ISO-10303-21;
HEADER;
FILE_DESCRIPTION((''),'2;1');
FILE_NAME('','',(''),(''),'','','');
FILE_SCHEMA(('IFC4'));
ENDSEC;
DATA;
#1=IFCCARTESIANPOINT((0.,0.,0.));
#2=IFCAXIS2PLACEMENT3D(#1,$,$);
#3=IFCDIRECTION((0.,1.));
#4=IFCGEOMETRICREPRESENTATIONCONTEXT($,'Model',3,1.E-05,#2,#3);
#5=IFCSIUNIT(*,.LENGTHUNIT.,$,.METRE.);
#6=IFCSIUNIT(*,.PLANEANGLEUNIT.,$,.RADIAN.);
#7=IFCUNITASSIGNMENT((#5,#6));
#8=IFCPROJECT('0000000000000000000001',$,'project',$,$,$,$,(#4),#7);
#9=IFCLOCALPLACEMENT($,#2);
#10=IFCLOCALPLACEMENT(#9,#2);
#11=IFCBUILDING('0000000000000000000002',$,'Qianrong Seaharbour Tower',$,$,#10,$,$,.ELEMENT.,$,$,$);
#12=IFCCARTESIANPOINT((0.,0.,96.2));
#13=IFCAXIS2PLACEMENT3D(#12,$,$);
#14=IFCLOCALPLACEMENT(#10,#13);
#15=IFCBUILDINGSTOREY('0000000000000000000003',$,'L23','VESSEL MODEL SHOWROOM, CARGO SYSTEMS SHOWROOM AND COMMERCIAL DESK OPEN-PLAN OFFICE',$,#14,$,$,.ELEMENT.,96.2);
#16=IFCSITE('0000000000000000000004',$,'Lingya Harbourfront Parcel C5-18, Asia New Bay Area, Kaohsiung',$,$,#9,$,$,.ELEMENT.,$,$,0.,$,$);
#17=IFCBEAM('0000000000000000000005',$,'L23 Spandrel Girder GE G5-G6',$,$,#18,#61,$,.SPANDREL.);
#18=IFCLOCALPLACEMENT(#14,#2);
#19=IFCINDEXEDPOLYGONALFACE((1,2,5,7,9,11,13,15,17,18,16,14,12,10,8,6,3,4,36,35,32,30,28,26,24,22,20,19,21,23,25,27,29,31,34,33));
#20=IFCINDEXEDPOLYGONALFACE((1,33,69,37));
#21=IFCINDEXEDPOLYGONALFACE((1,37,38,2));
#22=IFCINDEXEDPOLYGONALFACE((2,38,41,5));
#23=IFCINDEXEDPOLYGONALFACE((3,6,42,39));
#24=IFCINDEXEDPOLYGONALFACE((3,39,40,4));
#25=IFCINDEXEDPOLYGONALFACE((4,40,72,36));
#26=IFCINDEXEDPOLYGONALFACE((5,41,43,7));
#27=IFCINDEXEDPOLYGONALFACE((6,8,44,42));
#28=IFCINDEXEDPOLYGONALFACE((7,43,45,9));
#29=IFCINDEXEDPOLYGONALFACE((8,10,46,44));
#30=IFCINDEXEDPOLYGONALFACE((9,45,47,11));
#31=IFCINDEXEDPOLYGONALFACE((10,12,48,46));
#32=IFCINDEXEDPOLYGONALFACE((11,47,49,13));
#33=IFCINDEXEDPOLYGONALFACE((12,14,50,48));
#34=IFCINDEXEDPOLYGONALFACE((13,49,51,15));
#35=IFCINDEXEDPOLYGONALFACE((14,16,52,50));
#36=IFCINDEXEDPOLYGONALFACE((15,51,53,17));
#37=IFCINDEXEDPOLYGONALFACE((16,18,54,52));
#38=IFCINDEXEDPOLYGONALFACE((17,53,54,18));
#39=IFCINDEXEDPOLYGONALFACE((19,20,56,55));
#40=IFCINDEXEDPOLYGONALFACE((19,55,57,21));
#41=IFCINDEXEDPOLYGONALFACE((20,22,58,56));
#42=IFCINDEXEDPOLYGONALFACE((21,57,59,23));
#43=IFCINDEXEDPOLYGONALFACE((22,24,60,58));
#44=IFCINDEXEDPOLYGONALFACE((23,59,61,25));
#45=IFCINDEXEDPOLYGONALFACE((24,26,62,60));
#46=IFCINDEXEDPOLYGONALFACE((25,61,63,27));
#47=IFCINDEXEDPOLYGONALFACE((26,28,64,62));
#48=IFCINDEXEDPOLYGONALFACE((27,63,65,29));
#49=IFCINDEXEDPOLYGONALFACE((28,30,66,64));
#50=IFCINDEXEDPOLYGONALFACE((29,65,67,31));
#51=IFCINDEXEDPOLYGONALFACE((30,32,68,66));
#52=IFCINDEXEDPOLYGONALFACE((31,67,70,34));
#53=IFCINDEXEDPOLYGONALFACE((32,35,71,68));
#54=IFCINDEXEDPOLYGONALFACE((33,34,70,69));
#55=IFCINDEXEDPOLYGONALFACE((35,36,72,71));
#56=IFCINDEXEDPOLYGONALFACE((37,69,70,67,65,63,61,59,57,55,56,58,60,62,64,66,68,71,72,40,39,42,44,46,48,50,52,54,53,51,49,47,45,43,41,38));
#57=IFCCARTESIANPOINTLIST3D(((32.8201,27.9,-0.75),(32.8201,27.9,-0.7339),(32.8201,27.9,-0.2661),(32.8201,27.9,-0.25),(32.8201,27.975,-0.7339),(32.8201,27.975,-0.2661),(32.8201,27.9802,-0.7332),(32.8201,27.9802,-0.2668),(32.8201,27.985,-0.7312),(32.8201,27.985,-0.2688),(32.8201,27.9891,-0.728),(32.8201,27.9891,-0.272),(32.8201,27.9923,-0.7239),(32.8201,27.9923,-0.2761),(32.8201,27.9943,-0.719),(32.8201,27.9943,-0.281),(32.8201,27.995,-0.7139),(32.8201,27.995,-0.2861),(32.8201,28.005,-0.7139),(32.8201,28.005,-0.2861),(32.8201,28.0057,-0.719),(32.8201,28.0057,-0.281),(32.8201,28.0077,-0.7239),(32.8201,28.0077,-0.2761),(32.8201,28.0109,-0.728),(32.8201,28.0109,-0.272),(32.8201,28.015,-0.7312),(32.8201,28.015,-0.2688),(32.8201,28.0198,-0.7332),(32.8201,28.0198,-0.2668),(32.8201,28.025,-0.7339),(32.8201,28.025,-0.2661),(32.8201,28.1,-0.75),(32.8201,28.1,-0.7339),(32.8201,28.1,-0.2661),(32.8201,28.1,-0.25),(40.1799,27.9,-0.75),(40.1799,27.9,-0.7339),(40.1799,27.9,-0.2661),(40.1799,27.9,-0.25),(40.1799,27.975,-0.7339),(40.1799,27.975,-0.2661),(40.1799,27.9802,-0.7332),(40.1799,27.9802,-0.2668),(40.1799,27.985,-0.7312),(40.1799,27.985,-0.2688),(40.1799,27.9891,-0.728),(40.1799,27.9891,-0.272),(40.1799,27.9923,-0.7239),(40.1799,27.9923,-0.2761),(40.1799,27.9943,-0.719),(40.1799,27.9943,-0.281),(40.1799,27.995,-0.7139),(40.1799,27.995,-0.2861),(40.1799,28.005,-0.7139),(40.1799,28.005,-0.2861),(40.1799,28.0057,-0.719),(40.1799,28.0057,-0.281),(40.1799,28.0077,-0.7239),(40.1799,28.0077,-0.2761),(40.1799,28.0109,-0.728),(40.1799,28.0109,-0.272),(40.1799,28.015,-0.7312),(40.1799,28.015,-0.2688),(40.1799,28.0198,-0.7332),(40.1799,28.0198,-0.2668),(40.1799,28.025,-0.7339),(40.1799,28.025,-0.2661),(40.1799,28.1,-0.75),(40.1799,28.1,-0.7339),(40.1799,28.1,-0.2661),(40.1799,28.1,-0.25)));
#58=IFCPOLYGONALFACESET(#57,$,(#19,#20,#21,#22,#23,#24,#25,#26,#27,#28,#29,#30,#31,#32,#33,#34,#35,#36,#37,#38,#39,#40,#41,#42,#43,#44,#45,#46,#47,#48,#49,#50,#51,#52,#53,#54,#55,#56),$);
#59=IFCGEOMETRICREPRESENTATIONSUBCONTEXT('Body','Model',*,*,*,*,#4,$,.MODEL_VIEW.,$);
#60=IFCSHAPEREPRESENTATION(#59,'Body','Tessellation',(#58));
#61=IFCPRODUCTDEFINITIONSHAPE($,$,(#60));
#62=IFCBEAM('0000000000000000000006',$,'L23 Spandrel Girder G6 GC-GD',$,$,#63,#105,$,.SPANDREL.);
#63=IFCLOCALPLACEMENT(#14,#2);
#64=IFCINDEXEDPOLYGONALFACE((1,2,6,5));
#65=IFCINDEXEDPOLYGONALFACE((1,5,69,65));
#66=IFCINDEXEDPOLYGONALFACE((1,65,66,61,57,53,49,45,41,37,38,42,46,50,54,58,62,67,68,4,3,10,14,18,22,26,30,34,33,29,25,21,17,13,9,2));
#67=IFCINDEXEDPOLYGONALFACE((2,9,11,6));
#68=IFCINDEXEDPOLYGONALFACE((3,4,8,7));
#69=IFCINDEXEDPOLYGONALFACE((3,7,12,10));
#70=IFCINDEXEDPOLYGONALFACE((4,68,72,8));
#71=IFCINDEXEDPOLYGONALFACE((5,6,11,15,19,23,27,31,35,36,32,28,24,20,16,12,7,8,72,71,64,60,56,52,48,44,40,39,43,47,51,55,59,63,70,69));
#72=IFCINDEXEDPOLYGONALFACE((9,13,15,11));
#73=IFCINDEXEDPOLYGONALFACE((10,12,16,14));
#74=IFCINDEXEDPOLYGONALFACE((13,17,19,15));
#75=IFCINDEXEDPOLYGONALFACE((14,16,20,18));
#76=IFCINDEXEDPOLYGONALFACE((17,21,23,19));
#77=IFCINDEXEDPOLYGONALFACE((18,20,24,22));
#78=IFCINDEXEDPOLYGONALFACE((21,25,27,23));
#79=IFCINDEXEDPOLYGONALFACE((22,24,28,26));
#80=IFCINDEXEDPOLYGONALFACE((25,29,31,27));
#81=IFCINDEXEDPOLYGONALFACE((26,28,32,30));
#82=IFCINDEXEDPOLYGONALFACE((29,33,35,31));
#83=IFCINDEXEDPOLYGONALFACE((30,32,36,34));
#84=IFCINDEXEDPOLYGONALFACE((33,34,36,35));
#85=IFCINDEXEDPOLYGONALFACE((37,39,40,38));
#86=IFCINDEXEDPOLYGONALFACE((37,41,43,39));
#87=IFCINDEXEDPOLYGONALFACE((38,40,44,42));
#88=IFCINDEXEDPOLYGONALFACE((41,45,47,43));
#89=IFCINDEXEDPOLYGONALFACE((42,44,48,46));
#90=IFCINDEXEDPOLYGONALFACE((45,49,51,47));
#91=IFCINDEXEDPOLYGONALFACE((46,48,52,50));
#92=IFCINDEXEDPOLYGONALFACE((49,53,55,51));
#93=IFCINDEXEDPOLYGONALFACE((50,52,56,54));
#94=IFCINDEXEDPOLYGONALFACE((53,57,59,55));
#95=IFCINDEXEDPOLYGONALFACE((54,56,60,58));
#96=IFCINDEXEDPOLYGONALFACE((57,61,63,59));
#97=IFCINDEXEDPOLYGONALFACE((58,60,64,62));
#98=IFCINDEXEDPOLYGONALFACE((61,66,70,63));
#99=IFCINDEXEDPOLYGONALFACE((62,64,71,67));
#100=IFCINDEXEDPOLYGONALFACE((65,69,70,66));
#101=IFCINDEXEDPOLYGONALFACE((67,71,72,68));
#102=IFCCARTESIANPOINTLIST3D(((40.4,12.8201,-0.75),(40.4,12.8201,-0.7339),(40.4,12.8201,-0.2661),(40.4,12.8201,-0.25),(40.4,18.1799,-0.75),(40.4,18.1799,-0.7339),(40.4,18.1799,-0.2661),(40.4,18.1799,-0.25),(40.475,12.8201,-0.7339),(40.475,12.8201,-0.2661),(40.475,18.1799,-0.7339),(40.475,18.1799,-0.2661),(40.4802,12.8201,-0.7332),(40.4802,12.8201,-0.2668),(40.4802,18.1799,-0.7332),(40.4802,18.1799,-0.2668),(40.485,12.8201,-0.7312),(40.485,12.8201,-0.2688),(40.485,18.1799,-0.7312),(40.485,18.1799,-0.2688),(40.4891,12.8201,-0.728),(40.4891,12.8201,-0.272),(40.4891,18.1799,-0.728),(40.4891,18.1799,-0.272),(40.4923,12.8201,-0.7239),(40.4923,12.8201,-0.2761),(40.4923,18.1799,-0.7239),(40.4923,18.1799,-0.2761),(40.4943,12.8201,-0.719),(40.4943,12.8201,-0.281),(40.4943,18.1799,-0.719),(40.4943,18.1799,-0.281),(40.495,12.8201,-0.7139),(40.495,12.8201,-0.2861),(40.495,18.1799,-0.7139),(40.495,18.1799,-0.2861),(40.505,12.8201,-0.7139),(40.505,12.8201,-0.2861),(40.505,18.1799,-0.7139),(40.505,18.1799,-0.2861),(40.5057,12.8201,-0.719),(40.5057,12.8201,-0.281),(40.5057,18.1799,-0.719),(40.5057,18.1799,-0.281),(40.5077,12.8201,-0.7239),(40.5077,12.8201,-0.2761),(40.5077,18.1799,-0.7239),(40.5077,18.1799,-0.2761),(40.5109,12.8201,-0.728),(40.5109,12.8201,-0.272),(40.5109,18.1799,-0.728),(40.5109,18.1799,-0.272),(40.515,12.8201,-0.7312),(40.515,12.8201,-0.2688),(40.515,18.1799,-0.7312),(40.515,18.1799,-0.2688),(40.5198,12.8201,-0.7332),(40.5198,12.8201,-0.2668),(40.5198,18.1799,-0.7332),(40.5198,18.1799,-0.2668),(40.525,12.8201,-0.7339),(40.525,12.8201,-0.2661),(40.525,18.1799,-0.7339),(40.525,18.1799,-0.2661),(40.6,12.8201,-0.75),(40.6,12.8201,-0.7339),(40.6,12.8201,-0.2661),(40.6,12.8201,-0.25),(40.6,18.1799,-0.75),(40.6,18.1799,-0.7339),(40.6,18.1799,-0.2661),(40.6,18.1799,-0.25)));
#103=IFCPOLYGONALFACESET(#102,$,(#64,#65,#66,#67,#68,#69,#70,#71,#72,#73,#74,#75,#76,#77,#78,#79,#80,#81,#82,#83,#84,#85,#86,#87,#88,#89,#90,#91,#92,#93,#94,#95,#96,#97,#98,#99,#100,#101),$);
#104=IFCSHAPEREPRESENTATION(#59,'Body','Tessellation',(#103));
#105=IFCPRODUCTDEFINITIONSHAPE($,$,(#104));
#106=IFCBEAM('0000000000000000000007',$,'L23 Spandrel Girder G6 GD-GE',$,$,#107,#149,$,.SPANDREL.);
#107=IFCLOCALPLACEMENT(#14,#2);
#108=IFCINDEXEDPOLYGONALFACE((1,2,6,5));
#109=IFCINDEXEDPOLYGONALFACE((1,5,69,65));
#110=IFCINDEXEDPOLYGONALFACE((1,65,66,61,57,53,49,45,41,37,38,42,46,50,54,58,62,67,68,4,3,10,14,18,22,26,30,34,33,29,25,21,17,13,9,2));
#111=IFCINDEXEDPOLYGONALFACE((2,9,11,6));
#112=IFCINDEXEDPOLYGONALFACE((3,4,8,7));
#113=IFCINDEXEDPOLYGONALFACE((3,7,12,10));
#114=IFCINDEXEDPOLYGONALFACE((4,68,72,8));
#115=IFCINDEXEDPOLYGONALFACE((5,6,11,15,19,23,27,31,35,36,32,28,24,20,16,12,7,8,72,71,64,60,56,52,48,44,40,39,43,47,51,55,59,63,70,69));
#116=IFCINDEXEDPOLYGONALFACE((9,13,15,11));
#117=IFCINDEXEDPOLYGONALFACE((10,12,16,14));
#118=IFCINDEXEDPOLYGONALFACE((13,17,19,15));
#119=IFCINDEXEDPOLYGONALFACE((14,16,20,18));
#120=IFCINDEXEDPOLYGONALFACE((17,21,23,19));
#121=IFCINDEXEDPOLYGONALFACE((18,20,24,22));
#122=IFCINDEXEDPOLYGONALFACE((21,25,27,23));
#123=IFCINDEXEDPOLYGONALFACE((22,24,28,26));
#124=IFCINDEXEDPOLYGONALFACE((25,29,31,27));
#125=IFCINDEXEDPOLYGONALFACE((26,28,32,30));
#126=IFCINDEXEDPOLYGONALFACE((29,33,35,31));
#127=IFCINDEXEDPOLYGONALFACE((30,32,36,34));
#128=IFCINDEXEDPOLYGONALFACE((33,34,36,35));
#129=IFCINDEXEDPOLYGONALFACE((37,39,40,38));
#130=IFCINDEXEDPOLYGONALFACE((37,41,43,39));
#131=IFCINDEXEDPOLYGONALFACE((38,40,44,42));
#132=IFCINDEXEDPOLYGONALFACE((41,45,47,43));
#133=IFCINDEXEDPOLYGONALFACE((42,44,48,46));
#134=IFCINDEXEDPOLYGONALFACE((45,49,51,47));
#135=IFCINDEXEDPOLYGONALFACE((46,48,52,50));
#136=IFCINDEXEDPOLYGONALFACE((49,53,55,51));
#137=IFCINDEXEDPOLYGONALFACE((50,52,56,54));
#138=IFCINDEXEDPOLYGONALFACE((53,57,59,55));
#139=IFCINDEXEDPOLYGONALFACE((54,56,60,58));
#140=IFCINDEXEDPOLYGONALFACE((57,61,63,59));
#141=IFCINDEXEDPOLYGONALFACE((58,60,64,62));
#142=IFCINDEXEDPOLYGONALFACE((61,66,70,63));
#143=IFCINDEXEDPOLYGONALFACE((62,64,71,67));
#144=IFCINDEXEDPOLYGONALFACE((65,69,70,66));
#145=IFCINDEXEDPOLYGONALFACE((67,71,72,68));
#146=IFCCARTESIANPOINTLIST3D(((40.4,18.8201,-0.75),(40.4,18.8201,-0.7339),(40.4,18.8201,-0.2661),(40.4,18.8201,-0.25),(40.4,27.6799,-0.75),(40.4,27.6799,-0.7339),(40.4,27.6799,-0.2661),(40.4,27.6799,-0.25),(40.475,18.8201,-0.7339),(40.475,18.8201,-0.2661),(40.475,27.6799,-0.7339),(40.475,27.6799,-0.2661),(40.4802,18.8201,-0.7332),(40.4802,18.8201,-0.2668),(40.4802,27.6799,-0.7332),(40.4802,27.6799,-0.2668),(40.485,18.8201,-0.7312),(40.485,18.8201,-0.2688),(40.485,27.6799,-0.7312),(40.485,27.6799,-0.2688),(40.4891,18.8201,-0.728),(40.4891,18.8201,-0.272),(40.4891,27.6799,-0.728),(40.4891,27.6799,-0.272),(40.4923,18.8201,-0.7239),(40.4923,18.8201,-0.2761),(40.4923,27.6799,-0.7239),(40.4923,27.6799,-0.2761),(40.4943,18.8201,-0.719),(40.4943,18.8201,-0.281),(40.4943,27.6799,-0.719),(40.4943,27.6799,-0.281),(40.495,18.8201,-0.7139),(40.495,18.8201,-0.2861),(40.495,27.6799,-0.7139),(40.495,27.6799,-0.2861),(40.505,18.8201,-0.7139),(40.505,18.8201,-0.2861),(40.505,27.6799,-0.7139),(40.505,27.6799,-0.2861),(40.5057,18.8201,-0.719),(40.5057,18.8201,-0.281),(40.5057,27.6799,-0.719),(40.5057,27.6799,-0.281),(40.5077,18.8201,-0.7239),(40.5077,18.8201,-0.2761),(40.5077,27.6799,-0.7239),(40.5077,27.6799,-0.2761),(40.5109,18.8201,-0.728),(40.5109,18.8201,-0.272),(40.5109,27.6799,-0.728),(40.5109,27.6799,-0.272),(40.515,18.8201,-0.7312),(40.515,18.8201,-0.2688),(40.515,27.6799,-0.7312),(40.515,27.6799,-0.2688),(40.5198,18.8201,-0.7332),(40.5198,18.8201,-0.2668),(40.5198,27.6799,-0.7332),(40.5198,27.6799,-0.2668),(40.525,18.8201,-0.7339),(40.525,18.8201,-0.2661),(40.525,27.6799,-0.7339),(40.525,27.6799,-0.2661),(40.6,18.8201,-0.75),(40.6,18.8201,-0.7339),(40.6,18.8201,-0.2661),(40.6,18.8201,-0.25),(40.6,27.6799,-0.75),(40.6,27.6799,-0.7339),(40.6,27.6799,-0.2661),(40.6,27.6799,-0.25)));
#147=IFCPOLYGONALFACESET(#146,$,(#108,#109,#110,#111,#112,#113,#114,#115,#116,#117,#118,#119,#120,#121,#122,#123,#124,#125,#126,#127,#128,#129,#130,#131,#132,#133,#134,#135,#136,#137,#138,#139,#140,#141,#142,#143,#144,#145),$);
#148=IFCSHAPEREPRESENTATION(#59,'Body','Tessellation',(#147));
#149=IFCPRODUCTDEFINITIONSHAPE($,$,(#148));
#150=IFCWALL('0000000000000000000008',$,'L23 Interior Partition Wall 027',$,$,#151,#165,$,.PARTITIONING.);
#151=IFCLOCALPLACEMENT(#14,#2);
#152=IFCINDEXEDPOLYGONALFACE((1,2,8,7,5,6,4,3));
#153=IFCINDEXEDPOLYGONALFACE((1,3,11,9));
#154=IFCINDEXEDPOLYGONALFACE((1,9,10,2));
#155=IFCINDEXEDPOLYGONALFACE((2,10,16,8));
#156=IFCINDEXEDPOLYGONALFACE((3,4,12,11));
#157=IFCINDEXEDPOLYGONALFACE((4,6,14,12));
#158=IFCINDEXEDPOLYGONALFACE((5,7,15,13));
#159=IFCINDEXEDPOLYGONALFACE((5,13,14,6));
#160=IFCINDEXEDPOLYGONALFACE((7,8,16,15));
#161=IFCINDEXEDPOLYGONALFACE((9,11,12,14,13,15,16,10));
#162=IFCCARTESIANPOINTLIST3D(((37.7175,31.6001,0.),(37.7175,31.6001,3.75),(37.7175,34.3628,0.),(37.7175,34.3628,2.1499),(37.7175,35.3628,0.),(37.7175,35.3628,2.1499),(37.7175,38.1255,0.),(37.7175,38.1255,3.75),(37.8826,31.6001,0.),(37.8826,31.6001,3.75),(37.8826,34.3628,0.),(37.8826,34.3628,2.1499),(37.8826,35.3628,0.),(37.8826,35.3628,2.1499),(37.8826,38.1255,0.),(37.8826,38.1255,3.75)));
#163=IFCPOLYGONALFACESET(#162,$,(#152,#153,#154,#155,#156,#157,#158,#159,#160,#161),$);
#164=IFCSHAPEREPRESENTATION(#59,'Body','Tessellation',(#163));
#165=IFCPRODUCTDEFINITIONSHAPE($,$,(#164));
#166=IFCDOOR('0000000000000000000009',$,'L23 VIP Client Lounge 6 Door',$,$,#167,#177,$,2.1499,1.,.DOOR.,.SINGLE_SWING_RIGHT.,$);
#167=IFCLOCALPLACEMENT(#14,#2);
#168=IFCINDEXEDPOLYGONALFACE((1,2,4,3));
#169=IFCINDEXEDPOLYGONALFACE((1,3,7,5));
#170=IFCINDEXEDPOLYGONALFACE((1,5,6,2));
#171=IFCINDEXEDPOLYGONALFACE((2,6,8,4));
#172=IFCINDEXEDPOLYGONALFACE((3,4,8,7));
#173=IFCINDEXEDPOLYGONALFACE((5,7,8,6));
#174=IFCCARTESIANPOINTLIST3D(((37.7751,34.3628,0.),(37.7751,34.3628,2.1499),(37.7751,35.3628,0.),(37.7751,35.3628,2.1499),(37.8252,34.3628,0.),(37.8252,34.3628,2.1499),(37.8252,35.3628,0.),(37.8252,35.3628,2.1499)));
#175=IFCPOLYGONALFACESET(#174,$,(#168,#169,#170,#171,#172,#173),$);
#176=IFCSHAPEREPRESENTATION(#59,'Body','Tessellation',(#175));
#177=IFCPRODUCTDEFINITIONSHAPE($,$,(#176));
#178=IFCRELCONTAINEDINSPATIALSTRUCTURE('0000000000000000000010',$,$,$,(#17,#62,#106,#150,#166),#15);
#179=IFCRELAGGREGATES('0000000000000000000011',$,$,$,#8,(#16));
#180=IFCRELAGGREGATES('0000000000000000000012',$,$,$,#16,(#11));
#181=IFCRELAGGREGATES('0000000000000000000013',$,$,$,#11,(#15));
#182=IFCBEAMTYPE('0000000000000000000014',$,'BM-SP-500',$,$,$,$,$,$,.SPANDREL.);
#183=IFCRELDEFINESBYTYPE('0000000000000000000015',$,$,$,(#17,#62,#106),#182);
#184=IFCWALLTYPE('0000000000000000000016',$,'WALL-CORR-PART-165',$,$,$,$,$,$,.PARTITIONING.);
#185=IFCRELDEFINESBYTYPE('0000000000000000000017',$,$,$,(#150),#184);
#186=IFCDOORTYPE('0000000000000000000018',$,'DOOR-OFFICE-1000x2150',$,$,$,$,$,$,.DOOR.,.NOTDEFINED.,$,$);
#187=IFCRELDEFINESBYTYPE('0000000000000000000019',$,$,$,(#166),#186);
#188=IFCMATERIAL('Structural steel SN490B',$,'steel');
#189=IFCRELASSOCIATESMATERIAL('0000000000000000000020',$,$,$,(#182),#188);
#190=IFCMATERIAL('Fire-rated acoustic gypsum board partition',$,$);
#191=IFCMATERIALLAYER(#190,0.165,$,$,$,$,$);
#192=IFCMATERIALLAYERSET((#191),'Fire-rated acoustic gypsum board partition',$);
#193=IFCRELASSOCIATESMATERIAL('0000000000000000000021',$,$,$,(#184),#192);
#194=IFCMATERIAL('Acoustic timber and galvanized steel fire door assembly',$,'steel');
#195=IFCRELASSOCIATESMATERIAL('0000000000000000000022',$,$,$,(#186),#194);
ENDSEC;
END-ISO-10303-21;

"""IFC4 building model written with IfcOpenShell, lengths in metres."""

from ifc_helpers import new_model, si_unit, direction, frame, frame_2d, origin, origin_2d, place, context, subcontext, project, spatial, rectangle, i_section, extrude, material, layer, layer_set, material_profile, profile_set, type_object, element, fill, save


model = new_model("IFC4")

# Units and contexts
model_context = context("Model", 3, precision=1e-05, world=origin(), true_north=direction((0.0, 1.0)))
body_context = subcontext(model_context, "Body", "Model", "MODEL_VIEW")
ifc_project = project(units=[si_unit("LENGTHUNIT", "METRE"), si_unit("PLANEANGLEUNIT", "RADIAN")], contexts=[model_context])

# Site, building, storey
site_placement = place(None, origin())
site = spatial("IfcSite", under=ifc_project, at=site_placement, Name="Lingya Harbourfront Parcel C5-18, Asia New Bay Area, Kaohsiung", CompositionType="ELEMENT", RefElevation=0.0)
building_placement = place(site_placement, origin())
building = spatial("IfcBuilding", under=site, at=building_placement, Name="Qianrong Seaharbour Tower", CompositionType="ELEMENT")
storey_placement = place(building_placement, frame((0.0, 0.0, 96.2)))
storey = spatial("IfcBuildingStorey", under=building, at=storey_placement, Name="L23", Description="VESSEL MODEL SHOWROOM, CARGO SYSTEMS SHOWROOM AND COMMERCIAL DESK OPEN-PLAN OFFICE", CompositionType="ELEMENT", Elevation=96.2)

# Shared definitions
ifc_material_1 = material(Name="Structural steel SN490B", Category="steel")

# Beams
ifc_material_profile_1 = material_profile(ifc_material_1, i_section(OverallWidth=0.2, OverallDepth=0.5, WebThickness=0.01, FlangeThickness=0.0161, FilletRadius=0.02, at=origin_2d()), Name="H500x200x10x16")
ifc_profile_set_1 = profile_set([ifc_material_profile_1], Name="Structural steel SN490B")
beam_type_1 = type_object("IfcBeamType", Name="BM-SP-500", PredefinedType="SPANDREL", material=ifc_profile_set_1)
beam_1_placement = place(storey_placement, frame((32.8201, 28.0, -0.5), z_axis=(1.0, 0.0, 0.0), x_axis=(0.0, 1.0, 0.0)))
element("IfcBeam", 1, at=beam_1_placement, inside=storey, type_object=beam_type_1, Name="L23 Spandrel Girder GE G5-G6", PredefinedType="SPANDREL", context=body_context, shape_type="SweptSolid", body=[
    extrude(i_section(OverallWidth=0.2, OverallDepth=0.5, WebThickness=0.01, FlangeThickness=0.0161, FilletRadius=0.02, at=origin_2d()), origin(), (0.0, 0.0, 1.0), 7.3599),
])
beam_2_placement = place(storey_placement, frame((40.5, 12.8201, -0.5), z_axis=(0.0, 1.0, 0.0), x_axis=(-1.0, 0.0, 0.0)))
element("IfcBeam", 2, at=beam_2_placement, inside=storey, type_object=beam_type_1, Name="L23 Spandrel Girder G6 GC-GD", PredefinedType="SPANDREL", context=body_context, shape_type="SweptSolid", body=[
    extrude(i_section(OverallWidth=0.2, OverallDepth=0.5, WebThickness=0.01, FlangeThickness=0.0161, FilletRadius=0.02, at=origin_2d()), origin(), (0.0, 0.0, 1.0), 5.3599),
])
beam_3_placement = place(storey_placement, frame((40.5, 18.8201, -0.5), z_axis=(0.0, 1.0, 0.0), x_axis=(-1.0, 0.0, 0.0)))
element("IfcBeam", 3, at=beam_3_placement, inside=storey, type_object=beam_type_1, Name="L23 Spandrel Girder G6 GD-GE", PredefinedType="SPANDREL", context=body_context, shape_type="SweptSolid", body=[
    extrude(i_section(OverallWidth=0.2, OverallDepth=0.5, WebThickness=0.01, FlangeThickness=0.0161, FilletRadius=0.02, at=origin_2d()), origin(), (0.0, 0.0, 1.0), 8.8599),
])

# Wall, opening, door
ifc_material_2 = material(Name="Fire-rated acoustic gypsum board partition")
ifc_layer_1 = layer(ifc_material_2, 0.165)
ifc_layer_set_1 = layer_set([ifc_layer_1], Name="Fire-rated acoustic gypsum board partition")
wall_type_1 = type_object("IfcWallType", Name="WALL-CORR-PART-165", PredefinedType="PARTITIONING", material=ifc_layer_set_1)
wall_1_placement = place(storey_placement, frame((37.8, 31.6001, 0.0), z_axis=(0.0, 0.0, 1.0), x_axis=(0.0, 1.0, 0.0)))
wall_1 = element("IfcWall", 4, at=wall_1_placement, inside=storey, type_object=wall_type_1, Name="L23 Interior Partition Wall 027", PredefinedType="PARTITIONING", context=body_context, shape_type="SweptSolid", body=[
    extrude(rectangle(XDim=6.5254, YDim=0.165, at=frame_2d((3.2627, 0.0))), origin(), (0.0, 0.0, 1.0), 3.75),
])
opening_1_placement = place(wall_1_placement, frame((2.7627, 0.0, 0.0)))
opening_1 = element("IfcOpeningElement", 5, at=opening_1_placement, cuts=wall_1, PredefinedType="OPENING", context=body_context, shape_type="SweptSolid", body=[
    extrude(rectangle(XDim=1.0, YDim=2.1499, at=frame_2d((0.5, 1.075))), frame((0.0, 0.0925, 0.0), z_axis=(0.0, -1.0, 0.0), x_axis=(1.0, 0.0, 0.0)), (0.0, 0.0, 1.0), 0.1851),
])
ifc_material_3 = material(Name="Acoustic timber and galvanized steel fire door assembly", Category="steel")
door_type = type_object("IfcDoorType", Name="DOOR-OFFICE-1000x2150", OperationType="NOTDEFINED", PredefinedType="DOOR", material=ifc_material_3)
door_placement = place(opening_1_placement, origin())
door = element("IfcDoor", 6, at=door_placement, inside=storey, type_object=door_type, Name="L23 VIP Client Lounge 6 Door", OperationType="SINGLE_SWING_RIGHT", OverallHeight=2.1499, OverallWidth=1.0, PredefinedType="DOOR", context=body_context, shape_type="SweptSolid", body=[
    extrude(rectangle(XDim=1.0, YDim=2.1499, at=frame_2d((0.5, 1.075))), frame((0.0, 0.0249, 0.0), z_axis=(0.0, -1.0, 0.0), x_axis=(1.0, 0.0, 0.0)), (0.0, 0.0, 1.0), 0.05),
])
fill(opening_1, door)

save(model, "model.ifc")
